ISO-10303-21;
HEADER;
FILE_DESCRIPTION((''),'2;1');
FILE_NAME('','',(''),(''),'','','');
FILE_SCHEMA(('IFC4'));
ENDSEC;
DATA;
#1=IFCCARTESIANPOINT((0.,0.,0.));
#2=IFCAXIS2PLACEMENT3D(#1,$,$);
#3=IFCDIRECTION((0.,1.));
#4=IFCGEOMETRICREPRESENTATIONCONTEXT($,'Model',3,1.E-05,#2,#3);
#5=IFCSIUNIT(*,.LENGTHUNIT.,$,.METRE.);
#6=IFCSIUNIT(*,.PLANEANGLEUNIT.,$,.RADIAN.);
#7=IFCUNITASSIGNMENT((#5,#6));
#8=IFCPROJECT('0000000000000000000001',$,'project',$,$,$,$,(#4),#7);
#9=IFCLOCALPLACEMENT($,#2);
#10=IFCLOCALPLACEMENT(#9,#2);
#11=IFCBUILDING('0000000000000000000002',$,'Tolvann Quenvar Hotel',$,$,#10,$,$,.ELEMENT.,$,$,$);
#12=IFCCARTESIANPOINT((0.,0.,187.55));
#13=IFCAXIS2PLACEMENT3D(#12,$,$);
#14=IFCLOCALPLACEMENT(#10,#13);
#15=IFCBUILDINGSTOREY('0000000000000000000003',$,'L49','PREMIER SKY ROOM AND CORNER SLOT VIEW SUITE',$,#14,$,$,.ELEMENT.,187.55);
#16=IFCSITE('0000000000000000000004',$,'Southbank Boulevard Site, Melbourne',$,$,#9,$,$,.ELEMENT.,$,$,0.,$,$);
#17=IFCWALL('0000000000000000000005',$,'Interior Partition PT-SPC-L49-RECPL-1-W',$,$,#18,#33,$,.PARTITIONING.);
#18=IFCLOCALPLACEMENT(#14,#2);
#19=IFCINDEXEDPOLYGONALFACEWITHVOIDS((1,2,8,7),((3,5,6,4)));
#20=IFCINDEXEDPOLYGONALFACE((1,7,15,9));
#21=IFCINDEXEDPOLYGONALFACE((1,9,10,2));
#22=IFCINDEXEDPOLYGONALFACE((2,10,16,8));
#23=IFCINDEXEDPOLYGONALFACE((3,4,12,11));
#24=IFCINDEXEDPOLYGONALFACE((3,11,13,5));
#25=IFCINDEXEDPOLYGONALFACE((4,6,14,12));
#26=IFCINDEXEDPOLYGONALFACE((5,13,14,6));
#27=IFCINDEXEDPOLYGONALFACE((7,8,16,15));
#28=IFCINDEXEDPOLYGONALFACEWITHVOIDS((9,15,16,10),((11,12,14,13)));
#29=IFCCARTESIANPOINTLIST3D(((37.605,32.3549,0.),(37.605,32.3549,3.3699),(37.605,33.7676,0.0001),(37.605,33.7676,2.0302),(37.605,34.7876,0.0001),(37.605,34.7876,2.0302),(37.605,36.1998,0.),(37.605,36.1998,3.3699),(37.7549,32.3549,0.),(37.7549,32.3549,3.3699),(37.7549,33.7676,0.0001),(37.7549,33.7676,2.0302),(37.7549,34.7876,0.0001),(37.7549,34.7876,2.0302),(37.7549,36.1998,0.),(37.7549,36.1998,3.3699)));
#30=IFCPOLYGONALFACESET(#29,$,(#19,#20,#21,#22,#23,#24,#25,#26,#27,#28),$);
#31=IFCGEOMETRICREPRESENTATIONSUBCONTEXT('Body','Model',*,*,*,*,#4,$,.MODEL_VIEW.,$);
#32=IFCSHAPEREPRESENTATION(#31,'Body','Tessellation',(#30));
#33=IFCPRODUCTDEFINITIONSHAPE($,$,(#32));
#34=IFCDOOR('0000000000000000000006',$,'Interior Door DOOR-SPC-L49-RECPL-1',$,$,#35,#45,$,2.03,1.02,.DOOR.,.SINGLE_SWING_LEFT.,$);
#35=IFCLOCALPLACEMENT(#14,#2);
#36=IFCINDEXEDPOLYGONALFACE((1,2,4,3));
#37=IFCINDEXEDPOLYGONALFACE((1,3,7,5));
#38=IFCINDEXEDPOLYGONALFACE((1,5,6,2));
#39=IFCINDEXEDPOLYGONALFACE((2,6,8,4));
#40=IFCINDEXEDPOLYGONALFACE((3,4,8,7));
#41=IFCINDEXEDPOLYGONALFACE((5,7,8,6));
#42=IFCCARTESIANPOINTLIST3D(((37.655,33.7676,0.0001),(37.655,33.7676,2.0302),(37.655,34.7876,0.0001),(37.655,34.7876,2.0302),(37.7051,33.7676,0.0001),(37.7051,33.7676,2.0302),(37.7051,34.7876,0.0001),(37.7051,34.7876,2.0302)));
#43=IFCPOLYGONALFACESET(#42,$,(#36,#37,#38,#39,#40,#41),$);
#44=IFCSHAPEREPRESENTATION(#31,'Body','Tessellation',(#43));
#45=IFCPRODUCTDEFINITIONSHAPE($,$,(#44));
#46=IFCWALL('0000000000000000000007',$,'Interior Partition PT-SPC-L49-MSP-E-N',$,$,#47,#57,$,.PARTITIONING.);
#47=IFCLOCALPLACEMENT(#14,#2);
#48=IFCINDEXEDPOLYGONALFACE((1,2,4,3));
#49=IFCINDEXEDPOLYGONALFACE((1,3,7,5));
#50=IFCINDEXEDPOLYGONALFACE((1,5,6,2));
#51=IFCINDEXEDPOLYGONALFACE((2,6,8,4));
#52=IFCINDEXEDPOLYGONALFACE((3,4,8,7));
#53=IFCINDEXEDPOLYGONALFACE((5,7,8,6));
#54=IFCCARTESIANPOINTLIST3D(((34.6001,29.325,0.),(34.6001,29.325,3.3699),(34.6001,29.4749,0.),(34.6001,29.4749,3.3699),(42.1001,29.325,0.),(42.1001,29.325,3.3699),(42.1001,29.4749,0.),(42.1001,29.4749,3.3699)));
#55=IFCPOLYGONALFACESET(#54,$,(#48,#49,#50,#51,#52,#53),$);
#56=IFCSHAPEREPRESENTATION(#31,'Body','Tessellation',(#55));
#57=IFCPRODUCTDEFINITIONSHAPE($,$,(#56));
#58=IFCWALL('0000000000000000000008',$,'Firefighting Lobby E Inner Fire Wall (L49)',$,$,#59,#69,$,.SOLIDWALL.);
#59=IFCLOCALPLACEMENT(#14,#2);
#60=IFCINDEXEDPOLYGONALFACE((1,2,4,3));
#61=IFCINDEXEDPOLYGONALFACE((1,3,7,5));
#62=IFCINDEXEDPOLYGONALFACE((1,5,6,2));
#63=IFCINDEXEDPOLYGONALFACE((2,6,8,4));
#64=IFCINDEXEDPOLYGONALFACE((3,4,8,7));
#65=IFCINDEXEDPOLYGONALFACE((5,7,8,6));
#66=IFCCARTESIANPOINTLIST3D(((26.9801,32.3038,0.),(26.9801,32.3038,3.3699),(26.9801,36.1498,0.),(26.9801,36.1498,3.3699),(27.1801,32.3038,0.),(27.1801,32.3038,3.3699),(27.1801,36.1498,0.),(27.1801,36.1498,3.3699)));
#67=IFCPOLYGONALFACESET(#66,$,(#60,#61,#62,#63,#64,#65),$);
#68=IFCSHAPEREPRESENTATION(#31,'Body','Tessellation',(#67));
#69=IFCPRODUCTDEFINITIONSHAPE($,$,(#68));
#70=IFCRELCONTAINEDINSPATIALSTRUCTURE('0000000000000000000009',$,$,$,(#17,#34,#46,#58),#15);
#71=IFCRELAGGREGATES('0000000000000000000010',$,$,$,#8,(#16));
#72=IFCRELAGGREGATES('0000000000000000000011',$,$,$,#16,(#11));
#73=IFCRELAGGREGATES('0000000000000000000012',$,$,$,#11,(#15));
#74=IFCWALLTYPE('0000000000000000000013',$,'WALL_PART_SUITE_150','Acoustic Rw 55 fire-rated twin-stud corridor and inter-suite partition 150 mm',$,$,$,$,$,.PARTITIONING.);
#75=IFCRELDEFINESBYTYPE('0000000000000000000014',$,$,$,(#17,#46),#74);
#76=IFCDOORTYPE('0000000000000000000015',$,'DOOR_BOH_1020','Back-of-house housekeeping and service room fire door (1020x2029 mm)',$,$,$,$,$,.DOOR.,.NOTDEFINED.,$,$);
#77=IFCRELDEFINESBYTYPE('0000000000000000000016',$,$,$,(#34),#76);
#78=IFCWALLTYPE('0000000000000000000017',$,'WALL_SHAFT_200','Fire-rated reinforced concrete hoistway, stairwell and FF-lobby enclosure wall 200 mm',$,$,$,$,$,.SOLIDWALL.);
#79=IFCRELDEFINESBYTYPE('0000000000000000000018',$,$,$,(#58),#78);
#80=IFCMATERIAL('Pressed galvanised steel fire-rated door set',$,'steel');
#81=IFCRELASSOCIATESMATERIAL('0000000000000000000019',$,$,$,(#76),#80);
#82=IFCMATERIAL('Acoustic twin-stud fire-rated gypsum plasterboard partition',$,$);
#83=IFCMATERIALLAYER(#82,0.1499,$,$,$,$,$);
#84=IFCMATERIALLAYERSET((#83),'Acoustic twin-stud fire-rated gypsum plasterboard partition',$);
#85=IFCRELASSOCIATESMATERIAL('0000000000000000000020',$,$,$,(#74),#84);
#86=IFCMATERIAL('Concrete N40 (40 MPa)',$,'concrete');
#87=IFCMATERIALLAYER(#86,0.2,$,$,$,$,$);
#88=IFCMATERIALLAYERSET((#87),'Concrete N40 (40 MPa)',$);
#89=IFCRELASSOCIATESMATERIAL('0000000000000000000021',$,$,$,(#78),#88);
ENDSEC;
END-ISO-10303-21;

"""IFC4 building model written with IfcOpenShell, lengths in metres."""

from ifc_helpers import new_model, si_unit, direction, frame, frame_2d, origin, place, context, subcontext, project, spatial, rectangle, extrude, source, transform, mapped, material, layer, layer_set, type_object, type_shapes, element, fill, save


model = new_model("IFC4")

# Units and contexts
model_context = context("Model", 3, precision=1e-05, world=origin(), true_north=direction((0.0, 1.0)))
body_context = subcontext(model_context, "Body", "Model", "MODEL_VIEW")
ifc_project = project(units=[si_unit("LENGTHUNIT", "METRE"), si_unit("PLANEANGLEUNIT", "RADIAN")], contexts=[model_context])

# Site, building, storey
site_placement = place(None, origin())
site = spatial("IfcSite", under=ifc_project, at=site_placement, Name="Southbank Boulevard Site, Melbourne", CompositionType="ELEMENT", RefElevation=0.0)
building_placement = place(site_placement, origin())
building = spatial("IfcBuilding", under=site, at=building_placement, Name="Tolvann Quenvar Hotel", CompositionType="ELEMENT")
storey_placement = place(building_placement, frame((0.0, 0.0, 187.55)))
storey = spatial("IfcBuildingStorey", under=building, at=storey_placement, Name="L49", Description="PREMIER SKY ROOM AND CORNER SLOT VIEW SUITE", CompositionType="ELEMENT", Elevation=187.55)

# Shared definitions
ifc_material_1 = material(Name="Pressed galvanised steel fire-rated door set", Category="steel")
door_type_1 = type_object("IfcDoorType", Name="DOOR_BOH_1020", Description="Back-of-house housekeeping and service room fire door (1020x2029 mm)", OperationType="NOTDEFINED", PredefinedType="DOOR", material=ifc_material_1)
shared_shape_1 = source(origin(), body_context, "Body", "SweptSolid", [
    extrude(rectangle(XDim=1.02, YDim=2.03, at=frame_2d((0.51, 1.0151))), frame((0.0, 0.0249, 0.0), z_axis=(0.0, -1.0, 0.0), x_axis=(1.0, 0.0, 0.0)), (0.0, 0.0, 1.0), 0.05),
])
type_shapes(door_type_1, [shared_shape_1])

# Shared definitions
ifc_material_2 = material(Name="Acoustic twin-stud fire-rated gypsum plasterboard partition")

# Wall, opening, door
ifc_layer_1 = layer(ifc_material_2, 0.1499)
ifc_layer_set_1 = layer_set([ifc_layer_1], Name="Acoustic twin-stud fire-rated gypsum plasterboard partition")
wall_type_1 = type_object("IfcWallType", Name="WALL_PART_SUITE_150", Description="Acoustic Rw 55 fire-rated twin-stud corridor and inter-suite partition 150 mm", PredefinedType="PARTITIONING", material=ifc_layer_set_1)
wall_1_placement = place(storey_placement, frame((37.6799, 32.355, 0.0), z_axis=(0.0, 0.0, 1.0), x_axis=(0.0, 1.0, 0.0)))
wall_1 = element("IfcWall", 1, at=wall_1_placement, inside=storey, type_object=wall_type_1, Name="Interior Partition PT-SPC-L49-RECPL-1-W", PredefinedType="PARTITIONING", context=body_context, shape_type="SweptSolid", body=[
    extrude(rectangle(XDim=3.845, YDim=0.1499, at=frame_2d((1.9224, 0.0))), origin(), (0.0, 0.0, 1.0), 3.3699),
])
opening_1_placement = place(wall_1_placement, frame((1.4126, 0.0, 0.0)))
opening_1 = element("IfcOpeningElement", 2, at=opening_1_placement, cuts=wall_1, PredefinedType="OPENING", context=body_context, shape_type="SweptSolid", body=[
    extrude(rectangle(XDim=1.02, YDim=2.03, at=frame_2d((0.51, 1.0151))), frame((0.0, 0.085, 0.0), z_axis=(0.0, -1.0, 0.0), x_axis=(1.0, 0.0, 0.0)), (0.0, 0.0, 1.0), 0.1699),
])
door_1_placement = place(opening_1_placement, origin())
door_1 = element("IfcDoor", 3, at=door_1_placement, inside=storey, type_object=door_type_1, Name="Interior Door DOOR-SPC-L49-RECPL-1", OperationType="SINGLE_SWING_LEFT", OverallHeight=2.03, OverallWidth=1.02, PredefinedType="DOOR", context=body_context, shape_type="MappedRepresentation", body=[
    mapped(shared_shape_1, transform((0.0, 0.0, 0.0), x_axis=(1.0, 0.0, 0.0), y_axis=(0.0, 1.0, 0.0), z_axis=(0.0, 0.0, 1.0), scale=1.0)),
])
fill(opening_1, door_1)

# Walls
wall_2_placement = place(storey_placement, frame((34.6001, 29.3999, 0.0), z_axis=(0.0, 0.0, 1.0), x_axis=(1.0, 0.0, 0.0)))
element("IfcWall", 4, at=wall_2_placement, inside=storey, type_object=wall_type_1, Name="Interior Partition PT-SPC-L49-MSP-E-N", PredefinedType="PARTITIONING", context=body_context, shape_type="SweptSolid", body=[
    extrude(rectangle(XDim=7.5, YDim=0.1499, at=frame_2d((3.75, 0.0))), origin(), (0.0, 0.0, 1.0), 3.3699),
])
ifc_material_3 = material(Name="Concrete N40 (40 MPa)", Category="concrete")
ifc_layer_2 = layer(ifc_material_3, 0.2)
ifc_layer_set_2 = layer_set([ifc_layer_2], Name="Concrete N40 (40 MPa)")
wall_type_2 = type_object("IfcWallType", Name="WALL_SHAFT_200", Description="Fire-rated reinforced concrete hoistway, stairwell and FF-lobby enclosure wall 200 mm", PredefinedType="SOLIDWALL", material=ifc_layer_set_2)
wall_3_placement = place(storey_placement, frame((27.0801, 32.304, 0.0), z_axis=(0.0, 0.0, 1.0), x_axis=(0.0, 1.0, 0.0)))
element("IfcWall", 5, at=wall_3_placement, inside=storey, type_object=wall_type_2, Name="Firefighting Lobby E Inner Fire Wall (L49)", PredefinedType="SOLIDWALL", context=body_context, shape_type="SweptSolid", body=[
    extrude(rectangle(XDim=3.8459, YDim=0.2, at=frame_2d((1.9229, 0.0))), origin(), (0.0, 0.0, 1.0), 3.3699),
])

save(model, "model.ifc")
